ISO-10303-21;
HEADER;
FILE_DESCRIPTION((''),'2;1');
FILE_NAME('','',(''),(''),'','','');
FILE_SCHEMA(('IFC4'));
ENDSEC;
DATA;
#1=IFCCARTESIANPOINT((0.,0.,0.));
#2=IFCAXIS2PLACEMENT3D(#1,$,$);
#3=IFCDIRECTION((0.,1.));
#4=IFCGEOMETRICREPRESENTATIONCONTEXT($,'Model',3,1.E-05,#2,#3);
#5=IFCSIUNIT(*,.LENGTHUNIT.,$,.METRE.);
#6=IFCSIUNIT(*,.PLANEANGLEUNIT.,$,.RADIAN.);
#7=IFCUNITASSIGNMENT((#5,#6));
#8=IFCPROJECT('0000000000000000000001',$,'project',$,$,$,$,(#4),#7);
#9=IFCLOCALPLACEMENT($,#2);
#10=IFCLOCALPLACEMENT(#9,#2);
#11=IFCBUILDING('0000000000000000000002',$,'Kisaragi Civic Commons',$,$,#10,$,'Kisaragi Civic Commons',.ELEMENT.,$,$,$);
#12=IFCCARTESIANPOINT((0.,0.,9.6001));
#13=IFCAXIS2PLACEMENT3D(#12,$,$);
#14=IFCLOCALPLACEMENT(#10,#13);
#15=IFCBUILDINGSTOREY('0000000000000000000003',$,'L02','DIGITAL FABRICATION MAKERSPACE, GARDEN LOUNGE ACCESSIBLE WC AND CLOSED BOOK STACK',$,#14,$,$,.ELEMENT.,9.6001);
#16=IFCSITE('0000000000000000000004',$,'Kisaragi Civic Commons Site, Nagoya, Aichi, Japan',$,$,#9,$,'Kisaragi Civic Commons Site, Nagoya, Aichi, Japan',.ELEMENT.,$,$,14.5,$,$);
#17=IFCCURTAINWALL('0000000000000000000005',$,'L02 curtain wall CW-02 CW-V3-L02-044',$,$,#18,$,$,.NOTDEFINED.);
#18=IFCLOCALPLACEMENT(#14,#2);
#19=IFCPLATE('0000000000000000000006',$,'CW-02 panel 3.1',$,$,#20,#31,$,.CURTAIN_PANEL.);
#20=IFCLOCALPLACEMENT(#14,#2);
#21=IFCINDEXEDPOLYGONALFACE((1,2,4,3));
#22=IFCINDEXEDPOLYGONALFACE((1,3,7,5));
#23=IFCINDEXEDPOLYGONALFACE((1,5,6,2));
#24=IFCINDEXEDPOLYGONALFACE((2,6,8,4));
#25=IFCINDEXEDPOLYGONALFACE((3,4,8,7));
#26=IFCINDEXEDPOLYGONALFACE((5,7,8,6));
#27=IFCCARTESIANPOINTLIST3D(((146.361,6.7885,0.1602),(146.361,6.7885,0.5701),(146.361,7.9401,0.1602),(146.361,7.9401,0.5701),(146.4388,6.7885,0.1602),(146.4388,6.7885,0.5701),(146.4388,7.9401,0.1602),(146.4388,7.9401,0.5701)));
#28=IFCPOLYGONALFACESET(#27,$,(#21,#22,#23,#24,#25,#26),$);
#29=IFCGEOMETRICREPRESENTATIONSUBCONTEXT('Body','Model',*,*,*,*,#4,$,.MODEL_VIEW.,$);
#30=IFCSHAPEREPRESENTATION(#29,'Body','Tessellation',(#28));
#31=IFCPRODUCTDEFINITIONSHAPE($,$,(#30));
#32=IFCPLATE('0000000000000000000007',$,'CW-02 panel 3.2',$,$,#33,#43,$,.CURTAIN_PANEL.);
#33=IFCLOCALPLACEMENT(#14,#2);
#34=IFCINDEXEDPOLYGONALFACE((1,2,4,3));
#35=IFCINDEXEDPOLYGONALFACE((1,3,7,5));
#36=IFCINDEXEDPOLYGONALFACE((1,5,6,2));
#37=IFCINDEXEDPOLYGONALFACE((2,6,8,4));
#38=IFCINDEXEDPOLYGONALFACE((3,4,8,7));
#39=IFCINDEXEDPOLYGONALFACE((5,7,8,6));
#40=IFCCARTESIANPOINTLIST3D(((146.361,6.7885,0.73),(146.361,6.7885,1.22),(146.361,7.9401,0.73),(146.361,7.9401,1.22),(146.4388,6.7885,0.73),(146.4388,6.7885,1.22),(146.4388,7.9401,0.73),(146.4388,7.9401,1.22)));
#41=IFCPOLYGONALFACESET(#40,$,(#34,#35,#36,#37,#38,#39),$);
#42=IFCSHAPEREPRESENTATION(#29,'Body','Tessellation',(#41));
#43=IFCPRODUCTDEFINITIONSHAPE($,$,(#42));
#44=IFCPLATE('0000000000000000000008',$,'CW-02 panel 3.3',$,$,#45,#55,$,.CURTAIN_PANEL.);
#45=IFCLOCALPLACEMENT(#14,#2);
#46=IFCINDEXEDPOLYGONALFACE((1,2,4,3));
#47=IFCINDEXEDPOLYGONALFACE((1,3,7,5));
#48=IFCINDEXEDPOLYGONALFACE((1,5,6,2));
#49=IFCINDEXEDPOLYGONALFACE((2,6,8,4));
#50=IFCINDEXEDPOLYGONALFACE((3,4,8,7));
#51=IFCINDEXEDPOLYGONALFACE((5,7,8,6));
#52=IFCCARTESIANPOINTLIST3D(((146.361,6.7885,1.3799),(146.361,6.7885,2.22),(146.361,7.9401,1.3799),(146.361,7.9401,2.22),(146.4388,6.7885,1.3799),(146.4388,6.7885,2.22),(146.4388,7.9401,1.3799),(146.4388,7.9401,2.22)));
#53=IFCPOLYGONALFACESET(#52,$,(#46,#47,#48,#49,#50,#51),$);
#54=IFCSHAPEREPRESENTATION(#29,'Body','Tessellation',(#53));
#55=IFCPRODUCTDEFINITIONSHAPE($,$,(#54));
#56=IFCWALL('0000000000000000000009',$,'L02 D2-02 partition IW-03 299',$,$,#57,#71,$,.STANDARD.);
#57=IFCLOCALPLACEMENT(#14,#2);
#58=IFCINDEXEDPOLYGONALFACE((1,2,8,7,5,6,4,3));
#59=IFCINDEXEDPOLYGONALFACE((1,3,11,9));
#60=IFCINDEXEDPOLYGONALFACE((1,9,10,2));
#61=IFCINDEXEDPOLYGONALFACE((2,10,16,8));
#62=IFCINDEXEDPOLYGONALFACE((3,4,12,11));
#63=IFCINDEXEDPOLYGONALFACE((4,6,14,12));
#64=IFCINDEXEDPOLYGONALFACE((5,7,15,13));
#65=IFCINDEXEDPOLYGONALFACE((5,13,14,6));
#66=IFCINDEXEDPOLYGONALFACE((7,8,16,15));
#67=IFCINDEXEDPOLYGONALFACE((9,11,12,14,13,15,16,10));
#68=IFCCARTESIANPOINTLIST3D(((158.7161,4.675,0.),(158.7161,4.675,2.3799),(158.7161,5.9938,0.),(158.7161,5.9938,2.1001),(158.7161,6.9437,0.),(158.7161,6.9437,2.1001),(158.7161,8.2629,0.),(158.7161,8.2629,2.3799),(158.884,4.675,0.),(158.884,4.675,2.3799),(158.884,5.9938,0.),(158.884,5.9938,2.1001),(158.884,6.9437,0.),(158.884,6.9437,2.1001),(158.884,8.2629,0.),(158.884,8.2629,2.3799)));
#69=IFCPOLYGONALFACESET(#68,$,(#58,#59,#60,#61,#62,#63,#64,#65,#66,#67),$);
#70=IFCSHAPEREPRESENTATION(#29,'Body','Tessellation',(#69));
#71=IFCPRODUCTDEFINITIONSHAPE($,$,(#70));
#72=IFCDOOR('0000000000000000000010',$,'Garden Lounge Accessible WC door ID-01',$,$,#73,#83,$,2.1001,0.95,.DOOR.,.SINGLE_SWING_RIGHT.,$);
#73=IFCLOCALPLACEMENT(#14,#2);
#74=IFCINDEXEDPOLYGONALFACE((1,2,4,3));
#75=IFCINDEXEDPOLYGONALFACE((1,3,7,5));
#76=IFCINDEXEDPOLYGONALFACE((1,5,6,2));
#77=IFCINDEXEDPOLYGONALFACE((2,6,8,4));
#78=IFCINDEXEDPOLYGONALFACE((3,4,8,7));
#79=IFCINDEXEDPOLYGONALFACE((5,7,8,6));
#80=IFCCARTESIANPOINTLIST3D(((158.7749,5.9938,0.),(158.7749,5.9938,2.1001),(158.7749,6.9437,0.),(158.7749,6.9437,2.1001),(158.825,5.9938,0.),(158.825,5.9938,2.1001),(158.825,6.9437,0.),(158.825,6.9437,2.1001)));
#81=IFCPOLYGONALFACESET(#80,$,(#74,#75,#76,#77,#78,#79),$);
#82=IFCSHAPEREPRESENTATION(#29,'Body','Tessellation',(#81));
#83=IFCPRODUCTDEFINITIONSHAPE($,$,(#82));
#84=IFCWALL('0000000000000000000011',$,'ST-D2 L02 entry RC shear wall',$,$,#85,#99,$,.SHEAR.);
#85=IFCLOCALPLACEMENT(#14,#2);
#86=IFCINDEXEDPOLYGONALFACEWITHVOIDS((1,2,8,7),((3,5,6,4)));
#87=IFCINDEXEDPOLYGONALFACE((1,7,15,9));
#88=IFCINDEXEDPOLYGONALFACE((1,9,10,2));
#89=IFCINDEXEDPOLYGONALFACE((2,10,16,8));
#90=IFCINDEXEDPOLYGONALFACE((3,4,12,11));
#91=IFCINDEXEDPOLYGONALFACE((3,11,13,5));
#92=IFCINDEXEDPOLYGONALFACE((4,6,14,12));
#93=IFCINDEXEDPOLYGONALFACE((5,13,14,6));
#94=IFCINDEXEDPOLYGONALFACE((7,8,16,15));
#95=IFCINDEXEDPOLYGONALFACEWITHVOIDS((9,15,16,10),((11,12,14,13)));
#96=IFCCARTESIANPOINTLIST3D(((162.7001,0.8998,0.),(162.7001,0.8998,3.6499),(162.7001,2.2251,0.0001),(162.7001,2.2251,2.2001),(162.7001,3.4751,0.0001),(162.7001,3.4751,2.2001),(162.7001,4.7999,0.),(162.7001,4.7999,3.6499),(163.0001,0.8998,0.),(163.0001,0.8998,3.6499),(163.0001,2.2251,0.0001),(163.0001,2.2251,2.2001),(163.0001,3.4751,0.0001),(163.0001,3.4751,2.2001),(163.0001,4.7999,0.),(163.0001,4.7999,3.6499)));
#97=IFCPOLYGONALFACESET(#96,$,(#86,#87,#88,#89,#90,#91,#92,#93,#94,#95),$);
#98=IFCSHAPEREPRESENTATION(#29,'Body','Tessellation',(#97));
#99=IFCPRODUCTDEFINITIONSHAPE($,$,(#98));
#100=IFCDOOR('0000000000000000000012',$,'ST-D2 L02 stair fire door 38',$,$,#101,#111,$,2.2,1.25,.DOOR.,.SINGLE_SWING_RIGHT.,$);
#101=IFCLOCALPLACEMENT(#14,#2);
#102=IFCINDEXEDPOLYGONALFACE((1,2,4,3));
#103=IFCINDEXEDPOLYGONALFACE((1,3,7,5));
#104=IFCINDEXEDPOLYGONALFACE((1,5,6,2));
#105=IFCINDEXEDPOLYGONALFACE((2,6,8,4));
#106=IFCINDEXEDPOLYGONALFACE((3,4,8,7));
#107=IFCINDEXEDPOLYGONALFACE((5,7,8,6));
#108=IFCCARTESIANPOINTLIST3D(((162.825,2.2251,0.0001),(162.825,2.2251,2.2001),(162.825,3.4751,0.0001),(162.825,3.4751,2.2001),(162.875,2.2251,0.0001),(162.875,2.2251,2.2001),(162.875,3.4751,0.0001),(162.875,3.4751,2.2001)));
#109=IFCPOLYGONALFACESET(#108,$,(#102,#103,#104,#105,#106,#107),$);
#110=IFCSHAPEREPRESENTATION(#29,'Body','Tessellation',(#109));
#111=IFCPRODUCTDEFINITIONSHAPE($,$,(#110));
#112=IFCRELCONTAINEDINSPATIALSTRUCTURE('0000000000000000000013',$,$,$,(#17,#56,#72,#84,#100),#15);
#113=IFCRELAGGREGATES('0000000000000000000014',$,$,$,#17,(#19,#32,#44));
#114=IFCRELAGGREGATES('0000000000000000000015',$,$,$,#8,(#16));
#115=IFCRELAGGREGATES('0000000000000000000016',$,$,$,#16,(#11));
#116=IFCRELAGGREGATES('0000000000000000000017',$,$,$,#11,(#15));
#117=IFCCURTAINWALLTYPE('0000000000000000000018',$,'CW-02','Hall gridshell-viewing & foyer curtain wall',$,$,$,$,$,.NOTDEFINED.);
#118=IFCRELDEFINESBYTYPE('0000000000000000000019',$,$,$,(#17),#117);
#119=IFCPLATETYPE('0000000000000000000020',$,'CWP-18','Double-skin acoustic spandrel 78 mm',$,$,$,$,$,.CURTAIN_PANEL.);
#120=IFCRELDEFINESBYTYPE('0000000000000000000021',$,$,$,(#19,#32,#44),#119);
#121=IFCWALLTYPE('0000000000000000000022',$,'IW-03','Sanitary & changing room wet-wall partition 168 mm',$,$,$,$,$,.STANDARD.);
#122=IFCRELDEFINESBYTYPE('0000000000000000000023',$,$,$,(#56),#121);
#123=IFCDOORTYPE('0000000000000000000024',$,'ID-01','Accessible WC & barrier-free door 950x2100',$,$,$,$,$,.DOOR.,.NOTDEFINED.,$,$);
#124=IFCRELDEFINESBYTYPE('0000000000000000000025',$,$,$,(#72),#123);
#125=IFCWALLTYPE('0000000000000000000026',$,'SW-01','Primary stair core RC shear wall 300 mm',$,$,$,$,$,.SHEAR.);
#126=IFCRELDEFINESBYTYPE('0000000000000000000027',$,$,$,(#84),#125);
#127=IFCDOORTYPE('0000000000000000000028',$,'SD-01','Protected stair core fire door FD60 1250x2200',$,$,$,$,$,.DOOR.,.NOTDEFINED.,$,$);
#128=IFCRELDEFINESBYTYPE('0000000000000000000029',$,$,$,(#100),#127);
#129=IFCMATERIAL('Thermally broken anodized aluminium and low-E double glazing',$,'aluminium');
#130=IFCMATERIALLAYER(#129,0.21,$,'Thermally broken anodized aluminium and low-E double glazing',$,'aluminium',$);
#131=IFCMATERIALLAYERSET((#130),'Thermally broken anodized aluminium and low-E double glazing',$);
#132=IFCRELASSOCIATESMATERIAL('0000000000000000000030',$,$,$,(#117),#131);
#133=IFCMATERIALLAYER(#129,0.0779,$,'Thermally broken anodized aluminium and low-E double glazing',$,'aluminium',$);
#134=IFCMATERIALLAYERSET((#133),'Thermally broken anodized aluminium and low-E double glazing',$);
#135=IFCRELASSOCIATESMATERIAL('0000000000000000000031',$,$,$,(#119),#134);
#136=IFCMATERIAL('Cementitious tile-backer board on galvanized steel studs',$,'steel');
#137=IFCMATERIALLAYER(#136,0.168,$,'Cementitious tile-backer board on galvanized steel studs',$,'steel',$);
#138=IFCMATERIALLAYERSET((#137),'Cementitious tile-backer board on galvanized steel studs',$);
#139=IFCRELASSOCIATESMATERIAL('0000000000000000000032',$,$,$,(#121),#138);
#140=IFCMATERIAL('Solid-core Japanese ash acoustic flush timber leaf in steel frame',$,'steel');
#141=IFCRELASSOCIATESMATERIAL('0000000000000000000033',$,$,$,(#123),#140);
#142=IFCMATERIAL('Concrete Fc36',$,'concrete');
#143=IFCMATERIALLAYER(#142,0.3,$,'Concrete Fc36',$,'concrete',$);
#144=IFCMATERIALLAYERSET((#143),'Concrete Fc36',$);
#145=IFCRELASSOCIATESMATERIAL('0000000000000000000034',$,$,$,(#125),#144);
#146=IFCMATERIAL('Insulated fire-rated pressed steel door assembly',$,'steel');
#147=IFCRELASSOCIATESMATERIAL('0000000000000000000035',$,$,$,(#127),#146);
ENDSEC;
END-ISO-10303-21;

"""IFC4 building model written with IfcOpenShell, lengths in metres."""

from ifc_helpers import new_model, si_unit, direction, frame, frame_2d, origin, origin_2d, place, context, subcontext, project, spatial, rectangle, extrude, material, layer, layer_set, type_object, element, fill, aggregate, save


model = new_model("IFC4")

# Units and contexts
model_context = context("Model", 3, precision=1e-05, world=origin(), true_north=direction((0.0, 1.0)))
body_context = subcontext(model_context, "Body", "Model", "MODEL_VIEW")
ifc_project = project(units=[si_unit("LENGTHUNIT", "METRE"), si_unit("PLANEANGLEUNIT", "RADIAN")], contexts=[model_context])

# Site, building, storey
site_placement = place(None, origin())
site = spatial("IfcSite", under=ifc_project, at=site_placement, Name="Kisaragi Civic Commons Site, Nagoya, Aichi, Japan", LongName="Kisaragi Civic Commons Site, Nagoya, Aichi, Japan", CompositionType="ELEMENT", RefElevation=14.5)
building_placement = place(site_placement, origin())
building = spatial("IfcBuilding", under=site, at=building_placement, Name="Kisaragi Civic Commons", LongName="Kisaragi Civic Commons", CompositionType="ELEMENT")
storey_placement = place(building_placement, frame((0.0, 0.0, 9.6001)))
storey = spatial("IfcBuildingStorey", under=building, at=storey_placement, Name="L02", Description="DIGITAL FABRICATION MAKERSPACE, GARDEN LOUNGE ACCESSIBLE WC AND CLOSED BOOK STACK", CompositionType="ELEMENT", Elevation=9.6001)

# Shared definitions
ifc_material_1 = material(Name="Concrete Fc36", Category="concrete")

# Shared definitions
ifc_material_2 = material(Name="Thermally broken anodized aluminium and low-E double glazing", Category="aluminium")
ifc_layer_1 = layer(ifc_material_2, 0.21, Name="Thermally broken anodized aluminium and low-E double glazing", Category="aluminium")
ifc_layer_set_1 = layer_set([ifc_layer_1], Name="Thermally broken anodized aluminium and low-E double glazing")
curtain_wall_type = type_object("IfcCurtainWallType", Name="CW-02", Description="Hall gridshell-viewing & foyer curtain wall", PredefinedType="NOTDEFINED", material=ifc_layer_set_1)

# Curtain wall
curtain_wall_1_placement = place(storey_placement, origin())
curtain_wall_1 = element("IfcCurtainWall", 1, at=curtain_wall_1_placement, inside=storey, type_object=curtain_wall_type, Name="L02 curtain wall CW-02 CW-V3-L02-044", PredefinedType="NOTDEFINED")

# Plates
ifc_layer_2 = layer(ifc_material_2, 0.0779, Name="Thermally broken anodized aluminium and low-E double glazing", Category="aluminium")
ifc_layer_set_2 = layer_set([ifc_layer_2], Name="Thermally broken anodized aluminium and low-E double glazing")
plate_type_1 = type_object("IfcPlateType", Name="CWP-18", Description="Double-skin acoustic spandrel 78 mm", PredefinedType="CURTAIN_PANEL", material=ifc_layer_set_2)
plate_1_placement = place(storey_placement, frame((146.3999, 7.3643, 0.1602), z_axis=(0.0, 0.0, 1.0), x_axis=(0.0, 1.0, 0.0)))
plate_1 = element("IfcPlate", 2, at=plate_1_placement, type_object=plate_type_1, Name="CW-02 panel 3.1", PredefinedType="CURTAIN_PANEL", context=body_context, shape_type="SweptSolid", body=[
    extrude(rectangle(XDim=1.1516, YDim=0.0779, at=origin_2d()), origin(), (0.0, 0.0, 1.0), 0.4099),
])
plate_2_placement = place(storey_placement, frame((146.3999, 7.3643, 0.73), z_axis=(0.0, 0.0, 1.0), x_axis=(0.0, 1.0, 0.0)))
plate_2 = element("IfcPlate", 3, at=plate_2_placement, type_object=plate_type_1, Name="CW-02 panel 3.2", PredefinedType="CURTAIN_PANEL", context=body_context, shape_type="SweptSolid", body=[
    extrude(rectangle(XDim=1.1516, YDim=0.0779, at=origin_2d()), origin(), (0.0, 0.0, 1.0), 0.49),
])
plate_3_placement = place(storey_placement, frame((146.3999, 7.3643, 1.3799), z_axis=(0.0, 0.0, 1.0), x_axis=(0.0, 1.0, 0.0)))
plate_3 = element("IfcPlate", 4, at=plate_3_placement, type_object=plate_type_1, Name="CW-02 panel 3.3", PredefinedType="CURTAIN_PANEL", context=body_context, shape_type="SweptSolid", body=[
    extrude(rectangle(XDim=1.1516, YDim=0.0779, at=origin_2d()), origin(), (0.0, 0.0, 1.0), 0.8401),
])
aggregate(curtain_wall_1, [plate_1, plate_2, plate_3])

# Walls, openings, doors
ifc_material_3 = material(Name="Cementitious tile-backer board on galvanized steel studs", Category="steel")
ifc_layer_3 = layer(ifc_material_3, 0.168, Name="Cementitious tile-backer board on galvanized steel studs", Category="steel")
ifc_layer_set_3 = layer_set([ifc_layer_3], Name="Cementitious tile-backer board on galvanized steel studs")
wall_type_1 = type_object("IfcWallType", Name="IW-03", Description="Sanitary & changing room wet-wall partition 168 mm", PredefinedType="STANDARD", material=ifc_layer_set_3)
wall_1_placement = place(storey_placement, frame((158.8, 8.2629, 0.0), z_axis=(0.0, 0.0, 1.0), x_axis=(0.0, -1.0, 0.0)))
wall_1 = element("IfcWall", 5, at=wall_1_placement, inside=storey, type_object=wall_type_1, Name="L02 D2-02 partition IW-03 299", PredefinedType="STANDARD", context=body_context, shape_type="SweptSolid", body=[
    extrude(rectangle(XDim=3.5879, YDim=0.168, at=frame_2d((1.7939, 0.0))), origin(), (0.0, 0.0, 1.0), 2.3799),
])
opening_1_placement = place(wall_1_placement, frame((1.3191, 0.0, 0.0)))
opening_1 = element("IfcOpeningElement", 6, at=opening_1_placement, cuts=wall_1, PredefinedType="OPENING", context=body_context, shape_type="SweptSolid", body=[
    extrude(rectangle(XDim=0.95, YDim=2.1001, at=frame_2d((0.4751, 1.05))), frame((0.0, 0.094, 0.0), z_axis=(0.0, -1.0, 0.0), x_axis=(1.0, 0.0, 0.0)), (0.0, 0.0, 1.0), 0.188),
])
ifc_material_4 = material(Name="Solid-core Japanese ash acoustic flush timber leaf in steel frame", Category="steel")
door_type_1 = type_object("IfcDoorType", Name="ID-01", Description="Accessible WC & barrier-free door 950x2100", OperationType="NOTDEFINED", PredefinedType="DOOR", material=ifc_material_4)
door_1_placement = place(opening_1_placement, origin())
door_1 = element("IfcDoor", 7, at=door_1_placement, inside=storey, type_object=door_type_1, Name="Garden Lounge Accessible WC door ID-01", OperationType="SINGLE_SWING_RIGHT", OverallHeight=2.1001, OverallWidth=0.95, PredefinedType="DOOR", context=body_context, shape_type="SweptSolid", body=[
    extrude(rectangle(XDim=0.95, YDim=2.1001, at=frame_2d((0.4751, 1.05))), frame((0.0, 0.0249, 0.0), z_axis=(0.0, -1.0, 0.0), x_axis=(1.0, 0.0, 0.0)), (0.0, 0.0, 1.0), 0.05),
])
fill(opening_1, door_1)
ifc_layer_4 = layer(ifc_material_1, 0.3, Name="Concrete Fc36", Category="concrete")
ifc_layer_set_4 = layer_set([ifc_layer_4], Name="Concrete Fc36")
wall_type_2 = type_object("IfcWallType", Name="SW-01", Description="Primary stair core RC shear wall 300 mm", PredefinedType="SHEAR", material=ifc_layer_set_4)
wall_2_placement = place(storey_placement, frame((162.8501, 4.8, 0.0), z_axis=(0.0, 0.0, 1.0), x_axis=(0.0, -1.0, 0.0)))
wall_2 = element("IfcWall", 8, at=wall_2_placement, inside=storey, type_object=wall_type_2, Name="ST-D2 L02 entry RC shear wall", PredefinedType="SHEAR", context=body_context, shape_type="SweptSolid", body=[
    extrude(rectangle(XDim=3.9001, YDim=0.3, at=frame_2d((1.9502, 0.0))), origin(), (0.0, 0.0, 1.0), 3.6499),
])
opening_2_placement = place(wall_2_placement, frame((1.325, 0.0, 0.0)))
opening_2 = element("IfcOpeningElement", 9, at=opening_2_placement, cuts=wall_2, PredefinedType="OPENING", context=body_context, shape_type="SweptSolid", body=[
    extrude(rectangle(XDim=1.25, YDim=2.2, at=frame_2d((0.625, 1.1001))), frame((0.0, 0.1599, 0.0), z_axis=(0.0, -1.0, 0.0), x_axis=(1.0, 0.0, 0.0)), (0.0, 0.0, 1.0), 0.3201),
])
ifc_material_5 = material(Name="Insulated fire-rated pressed steel door assembly", Category="steel")
door_type_2 = type_object("IfcDoorType", Name="SD-01", Description="Protected stair core fire door FD60 1250x2200", OperationType="NOTDEFINED", PredefinedType="DOOR", material=ifc_material_5)
door_2_placement = place(opening_2_placement, origin())
door_2 = element("IfcDoor", 10, at=door_2_placement, inside=storey, type_object=door_type_2, Name="ST-D2 L02 stair fire door 38", OperationType="SINGLE_SWING_RIGHT", OverallHeight=2.2, OverallWidth=1.25, PredefinedType="DOOR", context=body_context, shape_type="SweptSolid", body=[
    extrude(rectangle(XDim=1.25, YDim=2.2, at=frame_2d((0.625, 1.1001))), frame((0.0, 0.0249, 0.0), z_axis=(0.0, -1.0, 0.0), x_axis=(1.0, 0.0, 0.0)), (0.0, 0.0, 1.0), 0.05),
])
fill(opening_2, door_2)

save(model, "model.ifc")
